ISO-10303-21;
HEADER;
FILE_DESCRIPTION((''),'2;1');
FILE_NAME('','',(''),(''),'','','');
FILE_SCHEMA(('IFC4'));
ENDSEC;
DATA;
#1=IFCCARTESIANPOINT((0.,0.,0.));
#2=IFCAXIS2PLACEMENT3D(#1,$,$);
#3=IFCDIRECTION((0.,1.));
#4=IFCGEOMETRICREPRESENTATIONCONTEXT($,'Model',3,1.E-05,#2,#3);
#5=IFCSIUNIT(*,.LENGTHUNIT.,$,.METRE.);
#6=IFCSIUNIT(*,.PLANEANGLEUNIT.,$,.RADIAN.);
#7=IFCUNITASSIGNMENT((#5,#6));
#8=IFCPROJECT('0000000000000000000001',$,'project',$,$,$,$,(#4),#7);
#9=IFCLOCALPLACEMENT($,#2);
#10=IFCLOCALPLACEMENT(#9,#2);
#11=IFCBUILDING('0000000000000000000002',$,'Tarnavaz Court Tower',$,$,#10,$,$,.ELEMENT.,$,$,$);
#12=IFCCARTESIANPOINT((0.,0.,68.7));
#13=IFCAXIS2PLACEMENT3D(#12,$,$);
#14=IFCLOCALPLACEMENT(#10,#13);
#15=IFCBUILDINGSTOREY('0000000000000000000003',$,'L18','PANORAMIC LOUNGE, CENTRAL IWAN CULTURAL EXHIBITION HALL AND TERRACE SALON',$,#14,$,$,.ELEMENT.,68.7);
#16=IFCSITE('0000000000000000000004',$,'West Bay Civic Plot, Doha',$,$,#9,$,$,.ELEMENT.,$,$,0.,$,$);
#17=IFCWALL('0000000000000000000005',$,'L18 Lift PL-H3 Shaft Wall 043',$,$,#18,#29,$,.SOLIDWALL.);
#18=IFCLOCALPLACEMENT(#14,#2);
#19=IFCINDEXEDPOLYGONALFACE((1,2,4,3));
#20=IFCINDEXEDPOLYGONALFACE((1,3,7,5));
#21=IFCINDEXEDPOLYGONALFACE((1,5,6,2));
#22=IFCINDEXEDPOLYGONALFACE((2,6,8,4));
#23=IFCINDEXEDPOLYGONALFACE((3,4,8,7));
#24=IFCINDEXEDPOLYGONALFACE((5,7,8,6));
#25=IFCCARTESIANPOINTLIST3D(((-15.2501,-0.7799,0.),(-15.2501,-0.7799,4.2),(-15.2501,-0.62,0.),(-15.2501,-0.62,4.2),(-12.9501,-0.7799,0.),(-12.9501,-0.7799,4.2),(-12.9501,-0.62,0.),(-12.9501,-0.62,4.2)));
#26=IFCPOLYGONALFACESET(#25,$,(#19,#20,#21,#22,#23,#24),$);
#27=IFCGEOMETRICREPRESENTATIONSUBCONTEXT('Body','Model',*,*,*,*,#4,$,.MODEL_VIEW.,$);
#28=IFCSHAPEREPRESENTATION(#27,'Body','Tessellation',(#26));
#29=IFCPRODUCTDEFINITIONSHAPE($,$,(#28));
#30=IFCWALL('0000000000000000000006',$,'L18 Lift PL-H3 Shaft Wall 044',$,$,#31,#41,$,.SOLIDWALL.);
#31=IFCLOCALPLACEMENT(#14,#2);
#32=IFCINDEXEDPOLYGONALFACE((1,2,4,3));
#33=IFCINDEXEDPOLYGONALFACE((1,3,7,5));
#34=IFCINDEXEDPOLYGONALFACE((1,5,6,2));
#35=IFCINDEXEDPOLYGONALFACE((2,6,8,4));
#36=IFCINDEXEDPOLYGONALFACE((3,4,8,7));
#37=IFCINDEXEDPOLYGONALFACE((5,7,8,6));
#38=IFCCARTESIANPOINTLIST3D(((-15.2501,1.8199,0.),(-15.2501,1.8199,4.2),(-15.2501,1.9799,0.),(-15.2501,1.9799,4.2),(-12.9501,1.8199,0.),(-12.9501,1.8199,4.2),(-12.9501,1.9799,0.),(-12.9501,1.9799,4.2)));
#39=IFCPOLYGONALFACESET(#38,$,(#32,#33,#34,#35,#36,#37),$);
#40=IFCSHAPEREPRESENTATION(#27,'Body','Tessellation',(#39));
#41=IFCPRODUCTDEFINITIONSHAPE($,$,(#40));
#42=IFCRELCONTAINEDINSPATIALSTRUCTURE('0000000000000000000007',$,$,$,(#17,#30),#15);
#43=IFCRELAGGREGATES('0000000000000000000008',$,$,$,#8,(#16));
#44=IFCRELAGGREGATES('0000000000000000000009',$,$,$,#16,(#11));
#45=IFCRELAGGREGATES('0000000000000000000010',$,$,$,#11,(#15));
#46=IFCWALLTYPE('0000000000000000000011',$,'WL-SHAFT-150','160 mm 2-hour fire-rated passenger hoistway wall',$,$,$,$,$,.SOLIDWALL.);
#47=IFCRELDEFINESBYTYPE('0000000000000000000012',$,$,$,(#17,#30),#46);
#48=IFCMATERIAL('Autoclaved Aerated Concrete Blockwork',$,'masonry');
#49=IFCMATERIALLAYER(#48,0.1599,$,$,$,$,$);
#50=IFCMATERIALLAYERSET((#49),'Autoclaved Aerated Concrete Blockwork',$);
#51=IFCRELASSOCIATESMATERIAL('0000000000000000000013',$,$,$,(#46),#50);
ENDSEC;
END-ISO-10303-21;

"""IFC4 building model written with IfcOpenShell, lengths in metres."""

from ifc_helpers import new_model, si_unit, direction, frame, frame_2d, origin, place, context, subcontext, project, spatial, rectangle, extrude, material, layer, layer_set, type_object, element, save


model = new_model("IFC4")

# Units and contexts
model_context = context("Model", 3, precision=1e-05, world=origin(), true_north=direction((0.0, 1.0)))
body_context = subcontext(model_context, "Body", "Model", "MODEL_VIEW")
ifc_project = project(units=[si_unit("LENGTHUNIT", "METRE"), si_unit("PLANEANGLEUNIT", "RADIAN")], contexts=[model_context])

# Site, building, storey
site_placement = place(None, origin())
site = spatial("IfcSite", under=ifc_project, at=site_placement, Name="West Bay Civic Plot, Doha", CompositionType="ELEMENT", RefElevation=0.0)
building_placement = place(site_placement, origin())
building = spatial("IfcBuilding", under=site, at=building_placement, Name="Tarnavaz Court Tower", CompositionType="ELEMENT")
storey_placement = place(building_placement, frame((0.0, 0.0, 68.7)))
storey = spatial("IfcBuildingStorey", under=building, at=storey_placement, Name="L18", Description="PANORAMIC LOUNGE, CENTRAL IWAN CULTURAL EXHIBITION HALL AND TERRACE SALON", CompositionType="ELEMENT", Elevation=68.7)

# Walls
ifc_material_1 = material(Name="Autoclaved Aerated Concrete Blockwork", Category="masonry")
ifc_layer_1 = layer(ifc_material_1, 0.1599)
ifc_layer_set_1 = layer_set([ifc_layer_1], Name="Autoclaved Aerated Concrete Blockwork")
wall_type_1 = type_object("IfcWallType", Name="WL-SHAFT-150", Description="160 mm 2-hour fire-rated passenger hoistway wall", PredefinedType="SOLIDWALL", material=ifc_layer_set_1)
for number, where, z_axis, x_axis, name in (
    (1, (-15.25, -0.7, 0.0), (0.0, 0.0, 1.0), (1.0, 0.0, 0.0), "L18 Lift PL-H3 Shaft Wall 043"),
    (2, (-15.25, 1.8999, 0.0), (0.0, 0.0, 1.0), (1.0, 0.0, 0.0), "L18 Lift PL-H3 Shaft Wall 044"),
):
    element("IfcWall", number, at=place(storey_placement, frame(where, z_axis=z_axis, x_axis=x_axis)), inside=storey, type_object=wall_type_1, Name=name, PredefinedType="SOLIDWALL", context=body_context, shape_type="SweptSolid", body=[
        extrude(rectangle(XDim=2.3, YDim=0.1599, at=frame_2d((1.1499, 0.0))), origin(), (0.0, 0.0, 1.0), 4.2),
    ])

save(model, "model.ifc")
